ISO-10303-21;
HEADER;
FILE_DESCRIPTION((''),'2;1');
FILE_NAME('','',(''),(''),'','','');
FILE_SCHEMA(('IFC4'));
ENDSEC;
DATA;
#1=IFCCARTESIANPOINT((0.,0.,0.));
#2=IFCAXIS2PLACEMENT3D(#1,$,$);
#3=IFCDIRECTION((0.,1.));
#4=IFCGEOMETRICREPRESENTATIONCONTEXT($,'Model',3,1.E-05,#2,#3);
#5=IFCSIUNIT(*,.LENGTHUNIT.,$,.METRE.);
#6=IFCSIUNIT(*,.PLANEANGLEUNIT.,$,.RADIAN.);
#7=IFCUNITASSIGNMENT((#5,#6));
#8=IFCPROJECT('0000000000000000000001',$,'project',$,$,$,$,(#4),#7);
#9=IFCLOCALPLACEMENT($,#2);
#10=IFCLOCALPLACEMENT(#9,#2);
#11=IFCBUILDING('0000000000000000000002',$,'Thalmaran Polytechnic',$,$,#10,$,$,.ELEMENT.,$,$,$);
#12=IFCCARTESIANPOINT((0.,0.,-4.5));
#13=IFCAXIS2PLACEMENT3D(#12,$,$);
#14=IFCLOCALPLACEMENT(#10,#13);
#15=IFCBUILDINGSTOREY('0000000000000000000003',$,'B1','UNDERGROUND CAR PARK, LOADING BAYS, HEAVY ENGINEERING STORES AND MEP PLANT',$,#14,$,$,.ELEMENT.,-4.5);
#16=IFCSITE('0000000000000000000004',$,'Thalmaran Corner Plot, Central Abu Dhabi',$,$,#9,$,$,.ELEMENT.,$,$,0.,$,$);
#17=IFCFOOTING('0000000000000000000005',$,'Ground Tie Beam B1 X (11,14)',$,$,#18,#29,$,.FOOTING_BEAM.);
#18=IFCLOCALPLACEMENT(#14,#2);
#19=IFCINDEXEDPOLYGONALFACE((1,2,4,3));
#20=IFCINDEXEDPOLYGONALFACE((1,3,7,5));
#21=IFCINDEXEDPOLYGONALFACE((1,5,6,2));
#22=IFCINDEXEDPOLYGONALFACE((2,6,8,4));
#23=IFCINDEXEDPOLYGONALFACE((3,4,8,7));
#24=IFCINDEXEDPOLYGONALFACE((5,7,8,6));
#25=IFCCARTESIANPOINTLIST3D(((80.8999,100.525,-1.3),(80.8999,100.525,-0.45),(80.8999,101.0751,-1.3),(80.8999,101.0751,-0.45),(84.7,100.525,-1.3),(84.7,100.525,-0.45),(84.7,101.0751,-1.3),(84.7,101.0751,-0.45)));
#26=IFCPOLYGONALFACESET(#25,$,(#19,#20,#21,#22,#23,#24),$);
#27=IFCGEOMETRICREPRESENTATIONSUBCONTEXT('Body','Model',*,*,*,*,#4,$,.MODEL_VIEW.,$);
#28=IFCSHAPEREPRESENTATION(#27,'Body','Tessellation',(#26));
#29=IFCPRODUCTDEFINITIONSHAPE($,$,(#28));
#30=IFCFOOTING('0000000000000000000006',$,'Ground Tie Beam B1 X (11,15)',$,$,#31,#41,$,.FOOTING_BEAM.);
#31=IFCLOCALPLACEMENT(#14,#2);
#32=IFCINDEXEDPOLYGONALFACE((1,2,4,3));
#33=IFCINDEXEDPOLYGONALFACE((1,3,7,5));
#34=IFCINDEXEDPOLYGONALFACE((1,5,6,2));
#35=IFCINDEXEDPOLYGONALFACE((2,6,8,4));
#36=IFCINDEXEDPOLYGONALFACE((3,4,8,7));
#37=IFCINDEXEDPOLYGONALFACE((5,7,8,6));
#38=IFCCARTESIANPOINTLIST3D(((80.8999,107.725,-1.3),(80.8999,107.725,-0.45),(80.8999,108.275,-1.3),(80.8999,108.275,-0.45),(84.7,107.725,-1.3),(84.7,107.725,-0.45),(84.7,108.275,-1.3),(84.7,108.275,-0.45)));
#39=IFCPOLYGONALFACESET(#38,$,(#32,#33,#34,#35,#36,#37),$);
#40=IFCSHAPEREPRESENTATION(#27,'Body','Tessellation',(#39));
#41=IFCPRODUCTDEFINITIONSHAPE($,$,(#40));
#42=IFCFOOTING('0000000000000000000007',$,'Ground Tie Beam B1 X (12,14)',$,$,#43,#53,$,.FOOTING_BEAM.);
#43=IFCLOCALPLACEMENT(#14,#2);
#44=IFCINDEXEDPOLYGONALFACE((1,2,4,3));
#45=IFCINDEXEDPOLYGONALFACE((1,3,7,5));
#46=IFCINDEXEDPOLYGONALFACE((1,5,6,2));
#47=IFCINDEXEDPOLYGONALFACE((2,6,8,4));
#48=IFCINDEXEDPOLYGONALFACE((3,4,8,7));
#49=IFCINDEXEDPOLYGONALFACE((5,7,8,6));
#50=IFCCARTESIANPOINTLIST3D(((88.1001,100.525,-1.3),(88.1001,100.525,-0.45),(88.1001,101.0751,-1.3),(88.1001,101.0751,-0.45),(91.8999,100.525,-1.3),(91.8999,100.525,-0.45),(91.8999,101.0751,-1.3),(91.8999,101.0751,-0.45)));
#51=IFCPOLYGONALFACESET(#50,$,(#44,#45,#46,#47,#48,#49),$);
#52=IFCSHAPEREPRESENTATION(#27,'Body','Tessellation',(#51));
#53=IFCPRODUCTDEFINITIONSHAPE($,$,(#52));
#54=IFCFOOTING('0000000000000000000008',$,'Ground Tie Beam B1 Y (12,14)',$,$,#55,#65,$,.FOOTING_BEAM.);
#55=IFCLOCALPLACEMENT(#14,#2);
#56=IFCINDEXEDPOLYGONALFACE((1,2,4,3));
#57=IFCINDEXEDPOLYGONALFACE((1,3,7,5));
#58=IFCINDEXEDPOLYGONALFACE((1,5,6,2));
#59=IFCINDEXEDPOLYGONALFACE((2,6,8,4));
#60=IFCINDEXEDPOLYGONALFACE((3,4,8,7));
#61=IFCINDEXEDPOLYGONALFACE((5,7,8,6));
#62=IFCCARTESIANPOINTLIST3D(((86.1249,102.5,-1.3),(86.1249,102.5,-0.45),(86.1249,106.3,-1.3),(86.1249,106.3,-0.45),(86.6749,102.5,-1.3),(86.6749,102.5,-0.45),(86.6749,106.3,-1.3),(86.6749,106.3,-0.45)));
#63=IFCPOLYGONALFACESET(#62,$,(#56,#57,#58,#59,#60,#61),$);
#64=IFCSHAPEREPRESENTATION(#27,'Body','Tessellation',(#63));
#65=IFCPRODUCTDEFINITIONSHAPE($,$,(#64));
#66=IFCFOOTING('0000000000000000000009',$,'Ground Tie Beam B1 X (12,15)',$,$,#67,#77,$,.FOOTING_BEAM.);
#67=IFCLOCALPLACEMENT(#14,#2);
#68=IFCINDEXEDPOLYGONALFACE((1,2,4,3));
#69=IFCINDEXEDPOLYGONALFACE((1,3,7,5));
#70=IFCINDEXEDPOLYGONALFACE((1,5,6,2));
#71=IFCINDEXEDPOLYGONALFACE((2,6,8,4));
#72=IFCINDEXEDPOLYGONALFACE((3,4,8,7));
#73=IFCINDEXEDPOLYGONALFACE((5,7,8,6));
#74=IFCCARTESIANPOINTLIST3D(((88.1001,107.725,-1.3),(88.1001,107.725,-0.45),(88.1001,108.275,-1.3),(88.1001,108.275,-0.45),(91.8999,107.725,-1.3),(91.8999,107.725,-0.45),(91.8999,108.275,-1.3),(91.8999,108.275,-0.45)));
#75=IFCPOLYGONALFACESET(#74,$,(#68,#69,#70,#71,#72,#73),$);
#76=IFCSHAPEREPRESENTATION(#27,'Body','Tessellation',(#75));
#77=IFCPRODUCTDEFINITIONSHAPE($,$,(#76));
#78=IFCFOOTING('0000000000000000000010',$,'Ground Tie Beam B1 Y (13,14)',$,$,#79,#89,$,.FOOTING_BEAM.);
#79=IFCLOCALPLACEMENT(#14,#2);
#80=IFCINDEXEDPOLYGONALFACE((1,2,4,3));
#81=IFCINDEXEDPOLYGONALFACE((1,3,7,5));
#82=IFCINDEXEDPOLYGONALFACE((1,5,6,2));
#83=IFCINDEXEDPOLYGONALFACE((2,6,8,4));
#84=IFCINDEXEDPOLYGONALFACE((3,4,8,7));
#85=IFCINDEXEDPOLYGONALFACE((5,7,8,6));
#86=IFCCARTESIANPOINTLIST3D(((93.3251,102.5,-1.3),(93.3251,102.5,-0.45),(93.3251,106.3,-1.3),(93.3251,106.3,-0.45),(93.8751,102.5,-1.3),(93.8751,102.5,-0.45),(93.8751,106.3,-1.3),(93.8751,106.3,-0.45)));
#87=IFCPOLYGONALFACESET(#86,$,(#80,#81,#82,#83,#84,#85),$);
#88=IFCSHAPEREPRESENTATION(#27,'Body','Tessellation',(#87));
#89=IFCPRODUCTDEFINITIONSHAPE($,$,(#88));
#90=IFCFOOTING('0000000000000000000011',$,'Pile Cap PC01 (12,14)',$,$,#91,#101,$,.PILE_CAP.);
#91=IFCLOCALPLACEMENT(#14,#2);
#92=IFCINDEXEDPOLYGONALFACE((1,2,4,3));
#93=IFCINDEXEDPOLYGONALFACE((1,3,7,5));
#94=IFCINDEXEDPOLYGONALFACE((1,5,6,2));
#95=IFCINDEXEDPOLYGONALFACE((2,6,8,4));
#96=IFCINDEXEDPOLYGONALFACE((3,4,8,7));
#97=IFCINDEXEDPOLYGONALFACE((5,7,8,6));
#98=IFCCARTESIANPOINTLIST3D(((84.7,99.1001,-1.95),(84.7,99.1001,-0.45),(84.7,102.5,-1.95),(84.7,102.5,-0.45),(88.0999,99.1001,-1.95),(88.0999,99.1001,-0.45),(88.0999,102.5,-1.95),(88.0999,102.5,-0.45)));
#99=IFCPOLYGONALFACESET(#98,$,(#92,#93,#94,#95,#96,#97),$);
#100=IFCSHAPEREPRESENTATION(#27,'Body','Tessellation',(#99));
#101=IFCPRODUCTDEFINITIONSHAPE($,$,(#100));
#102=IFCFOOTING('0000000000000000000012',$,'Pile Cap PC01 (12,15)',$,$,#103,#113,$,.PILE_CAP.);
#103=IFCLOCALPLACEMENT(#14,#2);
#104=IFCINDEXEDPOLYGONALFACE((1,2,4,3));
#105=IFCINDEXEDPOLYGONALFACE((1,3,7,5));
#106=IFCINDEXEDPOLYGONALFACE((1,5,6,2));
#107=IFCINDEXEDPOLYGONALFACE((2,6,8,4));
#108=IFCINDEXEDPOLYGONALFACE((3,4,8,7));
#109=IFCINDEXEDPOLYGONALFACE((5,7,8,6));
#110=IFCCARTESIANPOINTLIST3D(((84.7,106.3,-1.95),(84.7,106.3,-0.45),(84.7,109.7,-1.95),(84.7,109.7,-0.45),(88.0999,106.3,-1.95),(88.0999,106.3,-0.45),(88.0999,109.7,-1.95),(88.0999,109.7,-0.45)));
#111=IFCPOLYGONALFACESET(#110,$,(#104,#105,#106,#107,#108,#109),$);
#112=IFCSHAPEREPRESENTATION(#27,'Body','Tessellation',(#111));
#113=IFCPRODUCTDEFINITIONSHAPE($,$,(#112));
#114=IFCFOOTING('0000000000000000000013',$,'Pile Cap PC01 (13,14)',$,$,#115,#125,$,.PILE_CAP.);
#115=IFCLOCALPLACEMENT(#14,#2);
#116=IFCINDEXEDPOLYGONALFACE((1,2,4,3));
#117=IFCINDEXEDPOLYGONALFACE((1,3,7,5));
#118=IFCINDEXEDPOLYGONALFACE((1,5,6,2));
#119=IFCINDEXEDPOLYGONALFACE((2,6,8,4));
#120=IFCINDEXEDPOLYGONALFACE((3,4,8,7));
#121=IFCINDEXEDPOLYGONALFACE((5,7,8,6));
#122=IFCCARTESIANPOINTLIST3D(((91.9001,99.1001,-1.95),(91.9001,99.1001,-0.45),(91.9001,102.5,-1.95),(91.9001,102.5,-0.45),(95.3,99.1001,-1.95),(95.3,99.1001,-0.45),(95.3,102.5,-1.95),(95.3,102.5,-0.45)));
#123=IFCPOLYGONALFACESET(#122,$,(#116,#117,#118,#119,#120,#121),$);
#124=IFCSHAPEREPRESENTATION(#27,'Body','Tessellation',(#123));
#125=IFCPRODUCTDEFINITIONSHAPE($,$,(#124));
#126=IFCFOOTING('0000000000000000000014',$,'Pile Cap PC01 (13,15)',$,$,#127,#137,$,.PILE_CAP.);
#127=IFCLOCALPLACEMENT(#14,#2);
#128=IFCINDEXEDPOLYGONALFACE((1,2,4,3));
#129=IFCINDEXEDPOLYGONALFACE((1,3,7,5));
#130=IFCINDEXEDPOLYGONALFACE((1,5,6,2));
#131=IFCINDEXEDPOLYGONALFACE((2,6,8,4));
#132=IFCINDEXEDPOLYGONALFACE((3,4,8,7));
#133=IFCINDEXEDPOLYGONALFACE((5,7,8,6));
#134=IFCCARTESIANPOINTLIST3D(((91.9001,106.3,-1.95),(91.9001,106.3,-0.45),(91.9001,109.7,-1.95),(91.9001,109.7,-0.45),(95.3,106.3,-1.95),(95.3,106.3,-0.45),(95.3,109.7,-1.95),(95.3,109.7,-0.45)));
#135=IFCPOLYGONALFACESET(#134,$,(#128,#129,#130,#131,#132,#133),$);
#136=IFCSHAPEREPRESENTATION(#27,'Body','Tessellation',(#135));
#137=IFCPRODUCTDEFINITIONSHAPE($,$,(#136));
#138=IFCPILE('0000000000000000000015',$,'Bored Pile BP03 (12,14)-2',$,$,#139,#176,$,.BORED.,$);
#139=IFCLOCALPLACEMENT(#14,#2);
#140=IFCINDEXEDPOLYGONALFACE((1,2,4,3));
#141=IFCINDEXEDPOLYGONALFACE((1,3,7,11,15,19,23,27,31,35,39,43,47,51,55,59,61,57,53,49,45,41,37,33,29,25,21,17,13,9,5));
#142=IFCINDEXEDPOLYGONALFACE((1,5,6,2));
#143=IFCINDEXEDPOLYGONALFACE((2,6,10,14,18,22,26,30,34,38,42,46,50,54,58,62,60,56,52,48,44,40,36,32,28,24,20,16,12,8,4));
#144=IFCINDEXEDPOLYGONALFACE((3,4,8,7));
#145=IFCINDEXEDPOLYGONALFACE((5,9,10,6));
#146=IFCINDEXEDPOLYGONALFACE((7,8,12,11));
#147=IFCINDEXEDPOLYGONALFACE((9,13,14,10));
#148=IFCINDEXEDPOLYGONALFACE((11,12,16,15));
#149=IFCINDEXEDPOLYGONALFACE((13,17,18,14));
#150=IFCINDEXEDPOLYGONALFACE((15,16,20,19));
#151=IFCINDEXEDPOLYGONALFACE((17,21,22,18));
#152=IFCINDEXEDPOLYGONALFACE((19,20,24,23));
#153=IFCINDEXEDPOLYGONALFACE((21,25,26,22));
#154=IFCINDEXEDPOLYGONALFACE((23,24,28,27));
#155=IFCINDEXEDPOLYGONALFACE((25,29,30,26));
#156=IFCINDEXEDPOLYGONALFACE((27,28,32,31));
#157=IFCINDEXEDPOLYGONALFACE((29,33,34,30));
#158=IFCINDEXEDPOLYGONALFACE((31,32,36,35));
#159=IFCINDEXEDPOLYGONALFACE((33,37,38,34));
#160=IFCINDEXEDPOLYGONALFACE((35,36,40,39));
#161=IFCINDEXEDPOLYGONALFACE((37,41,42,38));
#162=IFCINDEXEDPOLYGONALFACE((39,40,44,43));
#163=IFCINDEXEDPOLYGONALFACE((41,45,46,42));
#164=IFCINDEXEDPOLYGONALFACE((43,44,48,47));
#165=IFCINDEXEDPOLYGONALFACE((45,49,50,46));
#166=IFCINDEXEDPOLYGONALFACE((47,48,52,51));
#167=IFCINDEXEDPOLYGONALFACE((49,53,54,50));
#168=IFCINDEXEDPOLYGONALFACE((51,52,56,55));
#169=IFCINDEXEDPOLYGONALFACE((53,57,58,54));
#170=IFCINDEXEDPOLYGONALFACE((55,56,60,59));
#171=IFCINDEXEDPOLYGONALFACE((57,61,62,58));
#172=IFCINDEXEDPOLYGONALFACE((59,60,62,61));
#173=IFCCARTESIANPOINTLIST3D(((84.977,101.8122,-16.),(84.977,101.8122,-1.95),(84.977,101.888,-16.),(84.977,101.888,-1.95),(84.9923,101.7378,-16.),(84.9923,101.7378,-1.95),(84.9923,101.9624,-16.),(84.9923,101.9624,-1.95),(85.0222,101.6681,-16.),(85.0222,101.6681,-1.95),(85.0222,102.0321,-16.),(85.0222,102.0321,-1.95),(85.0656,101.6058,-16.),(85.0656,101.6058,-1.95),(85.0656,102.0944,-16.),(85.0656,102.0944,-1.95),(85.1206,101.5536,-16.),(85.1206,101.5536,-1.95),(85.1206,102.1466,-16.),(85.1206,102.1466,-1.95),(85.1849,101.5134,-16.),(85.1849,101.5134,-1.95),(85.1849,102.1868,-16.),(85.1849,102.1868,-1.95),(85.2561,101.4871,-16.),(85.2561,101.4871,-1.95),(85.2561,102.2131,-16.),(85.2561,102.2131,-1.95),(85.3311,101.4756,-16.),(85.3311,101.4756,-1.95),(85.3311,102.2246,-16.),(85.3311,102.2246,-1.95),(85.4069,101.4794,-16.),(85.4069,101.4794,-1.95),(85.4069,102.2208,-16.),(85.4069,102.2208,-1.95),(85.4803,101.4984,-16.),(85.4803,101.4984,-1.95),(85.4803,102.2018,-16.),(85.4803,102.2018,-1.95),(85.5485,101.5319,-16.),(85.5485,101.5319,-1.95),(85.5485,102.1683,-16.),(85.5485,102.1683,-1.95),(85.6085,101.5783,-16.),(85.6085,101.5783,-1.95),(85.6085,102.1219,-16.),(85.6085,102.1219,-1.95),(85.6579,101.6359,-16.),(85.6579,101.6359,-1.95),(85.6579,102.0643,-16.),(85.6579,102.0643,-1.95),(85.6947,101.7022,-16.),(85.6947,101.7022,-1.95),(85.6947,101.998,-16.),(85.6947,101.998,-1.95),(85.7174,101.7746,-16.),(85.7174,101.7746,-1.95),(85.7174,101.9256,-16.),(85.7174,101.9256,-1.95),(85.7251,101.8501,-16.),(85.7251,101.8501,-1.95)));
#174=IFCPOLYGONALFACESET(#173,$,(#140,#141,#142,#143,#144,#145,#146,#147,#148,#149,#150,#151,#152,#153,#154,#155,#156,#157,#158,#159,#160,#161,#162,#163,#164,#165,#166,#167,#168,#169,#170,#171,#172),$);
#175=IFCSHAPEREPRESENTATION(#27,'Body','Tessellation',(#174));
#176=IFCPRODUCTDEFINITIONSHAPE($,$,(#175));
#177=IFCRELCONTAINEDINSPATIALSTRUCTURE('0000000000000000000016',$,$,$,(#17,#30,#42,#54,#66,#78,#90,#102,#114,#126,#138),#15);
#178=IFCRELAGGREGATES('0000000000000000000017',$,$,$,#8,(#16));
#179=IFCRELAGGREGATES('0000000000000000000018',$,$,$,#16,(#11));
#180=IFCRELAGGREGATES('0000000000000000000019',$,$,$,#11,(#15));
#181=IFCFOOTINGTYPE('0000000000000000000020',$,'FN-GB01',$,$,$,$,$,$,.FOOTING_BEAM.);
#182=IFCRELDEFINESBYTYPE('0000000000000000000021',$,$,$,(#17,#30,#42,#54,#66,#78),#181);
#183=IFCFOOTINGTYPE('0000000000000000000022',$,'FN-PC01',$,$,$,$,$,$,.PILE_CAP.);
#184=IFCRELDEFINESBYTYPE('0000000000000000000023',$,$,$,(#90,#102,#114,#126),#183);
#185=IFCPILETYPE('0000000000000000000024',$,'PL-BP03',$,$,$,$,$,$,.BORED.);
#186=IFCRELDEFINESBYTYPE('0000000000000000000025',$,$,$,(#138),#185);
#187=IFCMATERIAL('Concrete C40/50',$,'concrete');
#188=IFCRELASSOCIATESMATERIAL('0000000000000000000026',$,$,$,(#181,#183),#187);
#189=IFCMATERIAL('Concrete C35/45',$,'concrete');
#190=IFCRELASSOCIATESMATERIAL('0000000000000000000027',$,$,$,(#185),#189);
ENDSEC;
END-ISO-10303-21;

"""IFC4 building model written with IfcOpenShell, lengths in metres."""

from ifc_helpers import new_model, si_unit, direction, frame, origin, origin_2d, place, context, subcontext, project, spatial, rectangle, circle, extrude, material, material_profile, profile_set, type_object, element, save


model = new_model("IFC4")

# Units and contexts
model_context = context("Model", 3, precision=1e-05, world=origin(), true_north=direction((0.0, 1.0)))
body_context = subcontext(model_context, "Body", "Model", "MODEL_VIEW")
ifc_project = project(units=[si_unit("LENGTHUNIT", "METRE"), si_unit("PLANEANGLEUNIT", "RADIAN")], contexts=[model_context])

# Site, building, storey
site_placement = place(None, origin())
site = spatial("IfcSite", under=ifc_project, at=site_placement, Name="Thalmaran Corner Plot, Central Abu Dhabi", CompositionType="ELEMENT", RefElevation=0.0)
building_placement = place(site_placement, origin())
building = spatial("IfcBuilding", under=site, at=building_placement, Name="Thalmaran Polytechnic", CompositionType="ELEMENT")
storey_placement = place(building_placement, frame((0.0, 0.0, -4.5)))
storey = spatial("IfcBuildingStorey", under=building, at=storey_placement, Name="B1", Description="UNDERGROUND CAR PARK, LOADING BAYS, HEAVY ENGINEERING STORES AND MEP PLANT", CompositionType="ELEMENT", Elevation=-4.5)

# Footings
ifc_material_1 = material(Name="Concrete C40/50", Category="concrete")
ifc_material_profile_1 = material_profile(ifc_material_1, rectangle(XDim=0.55, YDim=0.8501, at=origin_2d()), Name="RC 550x850")
ifc_profile_set_1 = profile_set([ifc_material_profile_1], Name="Concrete C40/50")
footing_type_1 = type_object("IfcFootingType", Name="FN-GB01", PredefinedType="FOOTING_BEAM", material=ifc_profile_set_1)
for number, where, z_axis, x_axis, name in (
    (1, (80.8999, 100.8, -0.875), (1.0, 0.0, 0.0), (0.0, 1.0, 0.0), "Ground Tie Beam B1 X (11,14)"),
    (2, (80.8999, 108.0, -0.875), (1.0, 0.0, 0.0), (0.0, 1.0, 0.0), "Ground Tie Beam B1 X (11,15)"),
):
    element("IfcFooting", number, at=place(storey_placement, frame(where, z_axis=z_axis, x_axis=x_axis)), inside=storey, type_object=footing_type_1, Name=name, PredefinedType="FOOTING_BEAM", context=body_context, shape_type="SweptSolid", body=[
        extrude(rectangle(XDim=0.55, YDim=0.8501, at=origin_2d()), origin(), (0.0, 0.0, 1.0), 3.8),
    ])
footing_1_placement = place(storey_placement, frame((88.1001, 100.8, -0.875), z_axis=(1.0, 0.0, 0.0), x_axis=(0.0, 1.0, 0.0)))
element("IfcFooting", 3, at=footing_1_placement, inside=storey, type_object=footing_type_1, Name="Ground Tie Beam B1 X (12,14)", PredefinedType="FOOTING_BEAM", context=body_context, shape_type="SweptSolid", body=[
    extrude(rectangle(XDim=0.55, YDim=0.8501, at=origin_2d()), origin(), (0.0, 0.0, 1.0), 3.7998),
])
footing_2_placement = place(storey_placement, frame((86.3999, 102.5, -0.875), z_axis=(0.0, 1.0, 0.0), x_axis=(-1.0, 0.0, 0.0)))
element("IfcFooting", 4, at=footing_2_placement, inside=storey, type_object=footing_type_1, Name="Ground Tie Beam B1 Y (12,14)", PredefinedType="FOOTING_BEAM", context=body_context, shape_type="SweptSolid", body=[
    extrude(rectangle(XDim=0.55, YDim=0.8501, at=origin_2d()), origin(), (0.0, 0.0, 1.0), 3.8),
])
footing_3_placement = place(storey_placement, frame((88.1001, 108.0, -0.875), z_axis=(1.0, 0.0, 0.0), x_axis=(0.0, 1.0, 0.0)))
element("IfcFooting", 5, at=footing_3_placement, inside=storey, type_object=footing_type_1, Name="Ground Tie Beam B1 X (12,15)", PredefinedType="FOOTING_BEAM", context=body_context, shape_type="SweptSolid", body=[
    extrude(rectangle(XDim=0.55, YDim=0.8501, at=origin_2d()), origin(), (0.0, 0.0, 1.0), 3.7998),
])
footing_4_placement = place(storey_placement, frame((93.6001, 102.5, -0.875), z_axis=(0.0, 1.0, 0.0), x_axis=(-1.0, 0.0, 0.0)))
element("IfcFooting", 6, at=footing_4_placement, inside=storey, type_object=footing_type_1, Name="Ground Tie Beam B1 Y (13,14)", PredefinedType="FOOTING_BEAM", context=body_context, shape_type="SweptSolid", body=[
    extrude(rectangle(XDim=0.55, YDim=0.8501, at=origin_2d()), origin(), (0.0, 0.0, 1.0), 3.8),
])
footing_type_2 = type_object("IfcFootingType", Name="FN-PC01", PredefinedType="PILE_CAP", material=ifc_material_1)
for number, where, z_axis, x_axis, name in (
    (7, (86.3999, 100.8, -1.95), (0.0, 0.0, 1.0), (1.0, 0.0, 0.0), "Pile Cap PC01 (12,14)"),
    (8, (86.3999, 108.0, -1.95), (0.0, 0.0, 1.0), (1.0, 0.0, 0.0), "Pile Cap PC01 (12,15)"),
    (9, (93.6001, 100.8, -1.95), (0.0, 0.0, 1.0), (1.0, 0.0, 0.0), "Pile Cap PC01 (13,14)"),
    (10, (93.6001, 108.0, -1.95), (0.0, 0.0, 1.0), (1.0, 0.0, 0.0), "Pile Cap PC01 (13,15)"),
):
    element("IfcFooting", number, at=place(storey_placement, frame(where, z_axis=z_axis, x_axis=x_axis)), inside=storey, type_object=footing_type_2, Name=name, PredefinedType="PILE_CAP", context=body_context, shape_type="SweptSolid", body=[
        extrude(rectangle(XDim=3.3999, YDim=3.3999, at=origin_2d()), origin(), (0.0, 0.0, 1.0), 1.5),
    ])

# Pile
ifc_material_2 = material(Name="Concrete C35/45", Category="concrete")
ifc_material_profile_2 = material_profile(ifc_material_2, circle(Radius=0.375, at=origin_2d()), Name="RC 750 DIA")
ifc_profile_set_2 = profile_set([ifc_material_profile_2], Name="Concrete C35/45")
pile_type = type_object("IfcPileType", Name="PL-BP03", PredefinedType="BORED", material=ifc_profile_set_2)
for number, where, z_axis, x_axis, name in (
    (11, (85.3501, 101.8501, -1.95), (0.0, 0.0, -1.0), (1.0, 0.0, 0.0), "Bored Pile BP03 (12,14)-2"),
):
    element("IfcPile", number, at=place(storey_placement, frame(where, z_axis=z_axis, x_axis=x_axis)), inside=storey, type_object=pile_type, Name=name, PredefinedType="BORED", context=body_context, shape_type="SweptSolid", body=[
        extrude(circle(Radius=0.375, at=origin_2d()), origin(), (0.0, 0.0, 1.0), 14.05),
    ])

save(model, "model.ifc")
